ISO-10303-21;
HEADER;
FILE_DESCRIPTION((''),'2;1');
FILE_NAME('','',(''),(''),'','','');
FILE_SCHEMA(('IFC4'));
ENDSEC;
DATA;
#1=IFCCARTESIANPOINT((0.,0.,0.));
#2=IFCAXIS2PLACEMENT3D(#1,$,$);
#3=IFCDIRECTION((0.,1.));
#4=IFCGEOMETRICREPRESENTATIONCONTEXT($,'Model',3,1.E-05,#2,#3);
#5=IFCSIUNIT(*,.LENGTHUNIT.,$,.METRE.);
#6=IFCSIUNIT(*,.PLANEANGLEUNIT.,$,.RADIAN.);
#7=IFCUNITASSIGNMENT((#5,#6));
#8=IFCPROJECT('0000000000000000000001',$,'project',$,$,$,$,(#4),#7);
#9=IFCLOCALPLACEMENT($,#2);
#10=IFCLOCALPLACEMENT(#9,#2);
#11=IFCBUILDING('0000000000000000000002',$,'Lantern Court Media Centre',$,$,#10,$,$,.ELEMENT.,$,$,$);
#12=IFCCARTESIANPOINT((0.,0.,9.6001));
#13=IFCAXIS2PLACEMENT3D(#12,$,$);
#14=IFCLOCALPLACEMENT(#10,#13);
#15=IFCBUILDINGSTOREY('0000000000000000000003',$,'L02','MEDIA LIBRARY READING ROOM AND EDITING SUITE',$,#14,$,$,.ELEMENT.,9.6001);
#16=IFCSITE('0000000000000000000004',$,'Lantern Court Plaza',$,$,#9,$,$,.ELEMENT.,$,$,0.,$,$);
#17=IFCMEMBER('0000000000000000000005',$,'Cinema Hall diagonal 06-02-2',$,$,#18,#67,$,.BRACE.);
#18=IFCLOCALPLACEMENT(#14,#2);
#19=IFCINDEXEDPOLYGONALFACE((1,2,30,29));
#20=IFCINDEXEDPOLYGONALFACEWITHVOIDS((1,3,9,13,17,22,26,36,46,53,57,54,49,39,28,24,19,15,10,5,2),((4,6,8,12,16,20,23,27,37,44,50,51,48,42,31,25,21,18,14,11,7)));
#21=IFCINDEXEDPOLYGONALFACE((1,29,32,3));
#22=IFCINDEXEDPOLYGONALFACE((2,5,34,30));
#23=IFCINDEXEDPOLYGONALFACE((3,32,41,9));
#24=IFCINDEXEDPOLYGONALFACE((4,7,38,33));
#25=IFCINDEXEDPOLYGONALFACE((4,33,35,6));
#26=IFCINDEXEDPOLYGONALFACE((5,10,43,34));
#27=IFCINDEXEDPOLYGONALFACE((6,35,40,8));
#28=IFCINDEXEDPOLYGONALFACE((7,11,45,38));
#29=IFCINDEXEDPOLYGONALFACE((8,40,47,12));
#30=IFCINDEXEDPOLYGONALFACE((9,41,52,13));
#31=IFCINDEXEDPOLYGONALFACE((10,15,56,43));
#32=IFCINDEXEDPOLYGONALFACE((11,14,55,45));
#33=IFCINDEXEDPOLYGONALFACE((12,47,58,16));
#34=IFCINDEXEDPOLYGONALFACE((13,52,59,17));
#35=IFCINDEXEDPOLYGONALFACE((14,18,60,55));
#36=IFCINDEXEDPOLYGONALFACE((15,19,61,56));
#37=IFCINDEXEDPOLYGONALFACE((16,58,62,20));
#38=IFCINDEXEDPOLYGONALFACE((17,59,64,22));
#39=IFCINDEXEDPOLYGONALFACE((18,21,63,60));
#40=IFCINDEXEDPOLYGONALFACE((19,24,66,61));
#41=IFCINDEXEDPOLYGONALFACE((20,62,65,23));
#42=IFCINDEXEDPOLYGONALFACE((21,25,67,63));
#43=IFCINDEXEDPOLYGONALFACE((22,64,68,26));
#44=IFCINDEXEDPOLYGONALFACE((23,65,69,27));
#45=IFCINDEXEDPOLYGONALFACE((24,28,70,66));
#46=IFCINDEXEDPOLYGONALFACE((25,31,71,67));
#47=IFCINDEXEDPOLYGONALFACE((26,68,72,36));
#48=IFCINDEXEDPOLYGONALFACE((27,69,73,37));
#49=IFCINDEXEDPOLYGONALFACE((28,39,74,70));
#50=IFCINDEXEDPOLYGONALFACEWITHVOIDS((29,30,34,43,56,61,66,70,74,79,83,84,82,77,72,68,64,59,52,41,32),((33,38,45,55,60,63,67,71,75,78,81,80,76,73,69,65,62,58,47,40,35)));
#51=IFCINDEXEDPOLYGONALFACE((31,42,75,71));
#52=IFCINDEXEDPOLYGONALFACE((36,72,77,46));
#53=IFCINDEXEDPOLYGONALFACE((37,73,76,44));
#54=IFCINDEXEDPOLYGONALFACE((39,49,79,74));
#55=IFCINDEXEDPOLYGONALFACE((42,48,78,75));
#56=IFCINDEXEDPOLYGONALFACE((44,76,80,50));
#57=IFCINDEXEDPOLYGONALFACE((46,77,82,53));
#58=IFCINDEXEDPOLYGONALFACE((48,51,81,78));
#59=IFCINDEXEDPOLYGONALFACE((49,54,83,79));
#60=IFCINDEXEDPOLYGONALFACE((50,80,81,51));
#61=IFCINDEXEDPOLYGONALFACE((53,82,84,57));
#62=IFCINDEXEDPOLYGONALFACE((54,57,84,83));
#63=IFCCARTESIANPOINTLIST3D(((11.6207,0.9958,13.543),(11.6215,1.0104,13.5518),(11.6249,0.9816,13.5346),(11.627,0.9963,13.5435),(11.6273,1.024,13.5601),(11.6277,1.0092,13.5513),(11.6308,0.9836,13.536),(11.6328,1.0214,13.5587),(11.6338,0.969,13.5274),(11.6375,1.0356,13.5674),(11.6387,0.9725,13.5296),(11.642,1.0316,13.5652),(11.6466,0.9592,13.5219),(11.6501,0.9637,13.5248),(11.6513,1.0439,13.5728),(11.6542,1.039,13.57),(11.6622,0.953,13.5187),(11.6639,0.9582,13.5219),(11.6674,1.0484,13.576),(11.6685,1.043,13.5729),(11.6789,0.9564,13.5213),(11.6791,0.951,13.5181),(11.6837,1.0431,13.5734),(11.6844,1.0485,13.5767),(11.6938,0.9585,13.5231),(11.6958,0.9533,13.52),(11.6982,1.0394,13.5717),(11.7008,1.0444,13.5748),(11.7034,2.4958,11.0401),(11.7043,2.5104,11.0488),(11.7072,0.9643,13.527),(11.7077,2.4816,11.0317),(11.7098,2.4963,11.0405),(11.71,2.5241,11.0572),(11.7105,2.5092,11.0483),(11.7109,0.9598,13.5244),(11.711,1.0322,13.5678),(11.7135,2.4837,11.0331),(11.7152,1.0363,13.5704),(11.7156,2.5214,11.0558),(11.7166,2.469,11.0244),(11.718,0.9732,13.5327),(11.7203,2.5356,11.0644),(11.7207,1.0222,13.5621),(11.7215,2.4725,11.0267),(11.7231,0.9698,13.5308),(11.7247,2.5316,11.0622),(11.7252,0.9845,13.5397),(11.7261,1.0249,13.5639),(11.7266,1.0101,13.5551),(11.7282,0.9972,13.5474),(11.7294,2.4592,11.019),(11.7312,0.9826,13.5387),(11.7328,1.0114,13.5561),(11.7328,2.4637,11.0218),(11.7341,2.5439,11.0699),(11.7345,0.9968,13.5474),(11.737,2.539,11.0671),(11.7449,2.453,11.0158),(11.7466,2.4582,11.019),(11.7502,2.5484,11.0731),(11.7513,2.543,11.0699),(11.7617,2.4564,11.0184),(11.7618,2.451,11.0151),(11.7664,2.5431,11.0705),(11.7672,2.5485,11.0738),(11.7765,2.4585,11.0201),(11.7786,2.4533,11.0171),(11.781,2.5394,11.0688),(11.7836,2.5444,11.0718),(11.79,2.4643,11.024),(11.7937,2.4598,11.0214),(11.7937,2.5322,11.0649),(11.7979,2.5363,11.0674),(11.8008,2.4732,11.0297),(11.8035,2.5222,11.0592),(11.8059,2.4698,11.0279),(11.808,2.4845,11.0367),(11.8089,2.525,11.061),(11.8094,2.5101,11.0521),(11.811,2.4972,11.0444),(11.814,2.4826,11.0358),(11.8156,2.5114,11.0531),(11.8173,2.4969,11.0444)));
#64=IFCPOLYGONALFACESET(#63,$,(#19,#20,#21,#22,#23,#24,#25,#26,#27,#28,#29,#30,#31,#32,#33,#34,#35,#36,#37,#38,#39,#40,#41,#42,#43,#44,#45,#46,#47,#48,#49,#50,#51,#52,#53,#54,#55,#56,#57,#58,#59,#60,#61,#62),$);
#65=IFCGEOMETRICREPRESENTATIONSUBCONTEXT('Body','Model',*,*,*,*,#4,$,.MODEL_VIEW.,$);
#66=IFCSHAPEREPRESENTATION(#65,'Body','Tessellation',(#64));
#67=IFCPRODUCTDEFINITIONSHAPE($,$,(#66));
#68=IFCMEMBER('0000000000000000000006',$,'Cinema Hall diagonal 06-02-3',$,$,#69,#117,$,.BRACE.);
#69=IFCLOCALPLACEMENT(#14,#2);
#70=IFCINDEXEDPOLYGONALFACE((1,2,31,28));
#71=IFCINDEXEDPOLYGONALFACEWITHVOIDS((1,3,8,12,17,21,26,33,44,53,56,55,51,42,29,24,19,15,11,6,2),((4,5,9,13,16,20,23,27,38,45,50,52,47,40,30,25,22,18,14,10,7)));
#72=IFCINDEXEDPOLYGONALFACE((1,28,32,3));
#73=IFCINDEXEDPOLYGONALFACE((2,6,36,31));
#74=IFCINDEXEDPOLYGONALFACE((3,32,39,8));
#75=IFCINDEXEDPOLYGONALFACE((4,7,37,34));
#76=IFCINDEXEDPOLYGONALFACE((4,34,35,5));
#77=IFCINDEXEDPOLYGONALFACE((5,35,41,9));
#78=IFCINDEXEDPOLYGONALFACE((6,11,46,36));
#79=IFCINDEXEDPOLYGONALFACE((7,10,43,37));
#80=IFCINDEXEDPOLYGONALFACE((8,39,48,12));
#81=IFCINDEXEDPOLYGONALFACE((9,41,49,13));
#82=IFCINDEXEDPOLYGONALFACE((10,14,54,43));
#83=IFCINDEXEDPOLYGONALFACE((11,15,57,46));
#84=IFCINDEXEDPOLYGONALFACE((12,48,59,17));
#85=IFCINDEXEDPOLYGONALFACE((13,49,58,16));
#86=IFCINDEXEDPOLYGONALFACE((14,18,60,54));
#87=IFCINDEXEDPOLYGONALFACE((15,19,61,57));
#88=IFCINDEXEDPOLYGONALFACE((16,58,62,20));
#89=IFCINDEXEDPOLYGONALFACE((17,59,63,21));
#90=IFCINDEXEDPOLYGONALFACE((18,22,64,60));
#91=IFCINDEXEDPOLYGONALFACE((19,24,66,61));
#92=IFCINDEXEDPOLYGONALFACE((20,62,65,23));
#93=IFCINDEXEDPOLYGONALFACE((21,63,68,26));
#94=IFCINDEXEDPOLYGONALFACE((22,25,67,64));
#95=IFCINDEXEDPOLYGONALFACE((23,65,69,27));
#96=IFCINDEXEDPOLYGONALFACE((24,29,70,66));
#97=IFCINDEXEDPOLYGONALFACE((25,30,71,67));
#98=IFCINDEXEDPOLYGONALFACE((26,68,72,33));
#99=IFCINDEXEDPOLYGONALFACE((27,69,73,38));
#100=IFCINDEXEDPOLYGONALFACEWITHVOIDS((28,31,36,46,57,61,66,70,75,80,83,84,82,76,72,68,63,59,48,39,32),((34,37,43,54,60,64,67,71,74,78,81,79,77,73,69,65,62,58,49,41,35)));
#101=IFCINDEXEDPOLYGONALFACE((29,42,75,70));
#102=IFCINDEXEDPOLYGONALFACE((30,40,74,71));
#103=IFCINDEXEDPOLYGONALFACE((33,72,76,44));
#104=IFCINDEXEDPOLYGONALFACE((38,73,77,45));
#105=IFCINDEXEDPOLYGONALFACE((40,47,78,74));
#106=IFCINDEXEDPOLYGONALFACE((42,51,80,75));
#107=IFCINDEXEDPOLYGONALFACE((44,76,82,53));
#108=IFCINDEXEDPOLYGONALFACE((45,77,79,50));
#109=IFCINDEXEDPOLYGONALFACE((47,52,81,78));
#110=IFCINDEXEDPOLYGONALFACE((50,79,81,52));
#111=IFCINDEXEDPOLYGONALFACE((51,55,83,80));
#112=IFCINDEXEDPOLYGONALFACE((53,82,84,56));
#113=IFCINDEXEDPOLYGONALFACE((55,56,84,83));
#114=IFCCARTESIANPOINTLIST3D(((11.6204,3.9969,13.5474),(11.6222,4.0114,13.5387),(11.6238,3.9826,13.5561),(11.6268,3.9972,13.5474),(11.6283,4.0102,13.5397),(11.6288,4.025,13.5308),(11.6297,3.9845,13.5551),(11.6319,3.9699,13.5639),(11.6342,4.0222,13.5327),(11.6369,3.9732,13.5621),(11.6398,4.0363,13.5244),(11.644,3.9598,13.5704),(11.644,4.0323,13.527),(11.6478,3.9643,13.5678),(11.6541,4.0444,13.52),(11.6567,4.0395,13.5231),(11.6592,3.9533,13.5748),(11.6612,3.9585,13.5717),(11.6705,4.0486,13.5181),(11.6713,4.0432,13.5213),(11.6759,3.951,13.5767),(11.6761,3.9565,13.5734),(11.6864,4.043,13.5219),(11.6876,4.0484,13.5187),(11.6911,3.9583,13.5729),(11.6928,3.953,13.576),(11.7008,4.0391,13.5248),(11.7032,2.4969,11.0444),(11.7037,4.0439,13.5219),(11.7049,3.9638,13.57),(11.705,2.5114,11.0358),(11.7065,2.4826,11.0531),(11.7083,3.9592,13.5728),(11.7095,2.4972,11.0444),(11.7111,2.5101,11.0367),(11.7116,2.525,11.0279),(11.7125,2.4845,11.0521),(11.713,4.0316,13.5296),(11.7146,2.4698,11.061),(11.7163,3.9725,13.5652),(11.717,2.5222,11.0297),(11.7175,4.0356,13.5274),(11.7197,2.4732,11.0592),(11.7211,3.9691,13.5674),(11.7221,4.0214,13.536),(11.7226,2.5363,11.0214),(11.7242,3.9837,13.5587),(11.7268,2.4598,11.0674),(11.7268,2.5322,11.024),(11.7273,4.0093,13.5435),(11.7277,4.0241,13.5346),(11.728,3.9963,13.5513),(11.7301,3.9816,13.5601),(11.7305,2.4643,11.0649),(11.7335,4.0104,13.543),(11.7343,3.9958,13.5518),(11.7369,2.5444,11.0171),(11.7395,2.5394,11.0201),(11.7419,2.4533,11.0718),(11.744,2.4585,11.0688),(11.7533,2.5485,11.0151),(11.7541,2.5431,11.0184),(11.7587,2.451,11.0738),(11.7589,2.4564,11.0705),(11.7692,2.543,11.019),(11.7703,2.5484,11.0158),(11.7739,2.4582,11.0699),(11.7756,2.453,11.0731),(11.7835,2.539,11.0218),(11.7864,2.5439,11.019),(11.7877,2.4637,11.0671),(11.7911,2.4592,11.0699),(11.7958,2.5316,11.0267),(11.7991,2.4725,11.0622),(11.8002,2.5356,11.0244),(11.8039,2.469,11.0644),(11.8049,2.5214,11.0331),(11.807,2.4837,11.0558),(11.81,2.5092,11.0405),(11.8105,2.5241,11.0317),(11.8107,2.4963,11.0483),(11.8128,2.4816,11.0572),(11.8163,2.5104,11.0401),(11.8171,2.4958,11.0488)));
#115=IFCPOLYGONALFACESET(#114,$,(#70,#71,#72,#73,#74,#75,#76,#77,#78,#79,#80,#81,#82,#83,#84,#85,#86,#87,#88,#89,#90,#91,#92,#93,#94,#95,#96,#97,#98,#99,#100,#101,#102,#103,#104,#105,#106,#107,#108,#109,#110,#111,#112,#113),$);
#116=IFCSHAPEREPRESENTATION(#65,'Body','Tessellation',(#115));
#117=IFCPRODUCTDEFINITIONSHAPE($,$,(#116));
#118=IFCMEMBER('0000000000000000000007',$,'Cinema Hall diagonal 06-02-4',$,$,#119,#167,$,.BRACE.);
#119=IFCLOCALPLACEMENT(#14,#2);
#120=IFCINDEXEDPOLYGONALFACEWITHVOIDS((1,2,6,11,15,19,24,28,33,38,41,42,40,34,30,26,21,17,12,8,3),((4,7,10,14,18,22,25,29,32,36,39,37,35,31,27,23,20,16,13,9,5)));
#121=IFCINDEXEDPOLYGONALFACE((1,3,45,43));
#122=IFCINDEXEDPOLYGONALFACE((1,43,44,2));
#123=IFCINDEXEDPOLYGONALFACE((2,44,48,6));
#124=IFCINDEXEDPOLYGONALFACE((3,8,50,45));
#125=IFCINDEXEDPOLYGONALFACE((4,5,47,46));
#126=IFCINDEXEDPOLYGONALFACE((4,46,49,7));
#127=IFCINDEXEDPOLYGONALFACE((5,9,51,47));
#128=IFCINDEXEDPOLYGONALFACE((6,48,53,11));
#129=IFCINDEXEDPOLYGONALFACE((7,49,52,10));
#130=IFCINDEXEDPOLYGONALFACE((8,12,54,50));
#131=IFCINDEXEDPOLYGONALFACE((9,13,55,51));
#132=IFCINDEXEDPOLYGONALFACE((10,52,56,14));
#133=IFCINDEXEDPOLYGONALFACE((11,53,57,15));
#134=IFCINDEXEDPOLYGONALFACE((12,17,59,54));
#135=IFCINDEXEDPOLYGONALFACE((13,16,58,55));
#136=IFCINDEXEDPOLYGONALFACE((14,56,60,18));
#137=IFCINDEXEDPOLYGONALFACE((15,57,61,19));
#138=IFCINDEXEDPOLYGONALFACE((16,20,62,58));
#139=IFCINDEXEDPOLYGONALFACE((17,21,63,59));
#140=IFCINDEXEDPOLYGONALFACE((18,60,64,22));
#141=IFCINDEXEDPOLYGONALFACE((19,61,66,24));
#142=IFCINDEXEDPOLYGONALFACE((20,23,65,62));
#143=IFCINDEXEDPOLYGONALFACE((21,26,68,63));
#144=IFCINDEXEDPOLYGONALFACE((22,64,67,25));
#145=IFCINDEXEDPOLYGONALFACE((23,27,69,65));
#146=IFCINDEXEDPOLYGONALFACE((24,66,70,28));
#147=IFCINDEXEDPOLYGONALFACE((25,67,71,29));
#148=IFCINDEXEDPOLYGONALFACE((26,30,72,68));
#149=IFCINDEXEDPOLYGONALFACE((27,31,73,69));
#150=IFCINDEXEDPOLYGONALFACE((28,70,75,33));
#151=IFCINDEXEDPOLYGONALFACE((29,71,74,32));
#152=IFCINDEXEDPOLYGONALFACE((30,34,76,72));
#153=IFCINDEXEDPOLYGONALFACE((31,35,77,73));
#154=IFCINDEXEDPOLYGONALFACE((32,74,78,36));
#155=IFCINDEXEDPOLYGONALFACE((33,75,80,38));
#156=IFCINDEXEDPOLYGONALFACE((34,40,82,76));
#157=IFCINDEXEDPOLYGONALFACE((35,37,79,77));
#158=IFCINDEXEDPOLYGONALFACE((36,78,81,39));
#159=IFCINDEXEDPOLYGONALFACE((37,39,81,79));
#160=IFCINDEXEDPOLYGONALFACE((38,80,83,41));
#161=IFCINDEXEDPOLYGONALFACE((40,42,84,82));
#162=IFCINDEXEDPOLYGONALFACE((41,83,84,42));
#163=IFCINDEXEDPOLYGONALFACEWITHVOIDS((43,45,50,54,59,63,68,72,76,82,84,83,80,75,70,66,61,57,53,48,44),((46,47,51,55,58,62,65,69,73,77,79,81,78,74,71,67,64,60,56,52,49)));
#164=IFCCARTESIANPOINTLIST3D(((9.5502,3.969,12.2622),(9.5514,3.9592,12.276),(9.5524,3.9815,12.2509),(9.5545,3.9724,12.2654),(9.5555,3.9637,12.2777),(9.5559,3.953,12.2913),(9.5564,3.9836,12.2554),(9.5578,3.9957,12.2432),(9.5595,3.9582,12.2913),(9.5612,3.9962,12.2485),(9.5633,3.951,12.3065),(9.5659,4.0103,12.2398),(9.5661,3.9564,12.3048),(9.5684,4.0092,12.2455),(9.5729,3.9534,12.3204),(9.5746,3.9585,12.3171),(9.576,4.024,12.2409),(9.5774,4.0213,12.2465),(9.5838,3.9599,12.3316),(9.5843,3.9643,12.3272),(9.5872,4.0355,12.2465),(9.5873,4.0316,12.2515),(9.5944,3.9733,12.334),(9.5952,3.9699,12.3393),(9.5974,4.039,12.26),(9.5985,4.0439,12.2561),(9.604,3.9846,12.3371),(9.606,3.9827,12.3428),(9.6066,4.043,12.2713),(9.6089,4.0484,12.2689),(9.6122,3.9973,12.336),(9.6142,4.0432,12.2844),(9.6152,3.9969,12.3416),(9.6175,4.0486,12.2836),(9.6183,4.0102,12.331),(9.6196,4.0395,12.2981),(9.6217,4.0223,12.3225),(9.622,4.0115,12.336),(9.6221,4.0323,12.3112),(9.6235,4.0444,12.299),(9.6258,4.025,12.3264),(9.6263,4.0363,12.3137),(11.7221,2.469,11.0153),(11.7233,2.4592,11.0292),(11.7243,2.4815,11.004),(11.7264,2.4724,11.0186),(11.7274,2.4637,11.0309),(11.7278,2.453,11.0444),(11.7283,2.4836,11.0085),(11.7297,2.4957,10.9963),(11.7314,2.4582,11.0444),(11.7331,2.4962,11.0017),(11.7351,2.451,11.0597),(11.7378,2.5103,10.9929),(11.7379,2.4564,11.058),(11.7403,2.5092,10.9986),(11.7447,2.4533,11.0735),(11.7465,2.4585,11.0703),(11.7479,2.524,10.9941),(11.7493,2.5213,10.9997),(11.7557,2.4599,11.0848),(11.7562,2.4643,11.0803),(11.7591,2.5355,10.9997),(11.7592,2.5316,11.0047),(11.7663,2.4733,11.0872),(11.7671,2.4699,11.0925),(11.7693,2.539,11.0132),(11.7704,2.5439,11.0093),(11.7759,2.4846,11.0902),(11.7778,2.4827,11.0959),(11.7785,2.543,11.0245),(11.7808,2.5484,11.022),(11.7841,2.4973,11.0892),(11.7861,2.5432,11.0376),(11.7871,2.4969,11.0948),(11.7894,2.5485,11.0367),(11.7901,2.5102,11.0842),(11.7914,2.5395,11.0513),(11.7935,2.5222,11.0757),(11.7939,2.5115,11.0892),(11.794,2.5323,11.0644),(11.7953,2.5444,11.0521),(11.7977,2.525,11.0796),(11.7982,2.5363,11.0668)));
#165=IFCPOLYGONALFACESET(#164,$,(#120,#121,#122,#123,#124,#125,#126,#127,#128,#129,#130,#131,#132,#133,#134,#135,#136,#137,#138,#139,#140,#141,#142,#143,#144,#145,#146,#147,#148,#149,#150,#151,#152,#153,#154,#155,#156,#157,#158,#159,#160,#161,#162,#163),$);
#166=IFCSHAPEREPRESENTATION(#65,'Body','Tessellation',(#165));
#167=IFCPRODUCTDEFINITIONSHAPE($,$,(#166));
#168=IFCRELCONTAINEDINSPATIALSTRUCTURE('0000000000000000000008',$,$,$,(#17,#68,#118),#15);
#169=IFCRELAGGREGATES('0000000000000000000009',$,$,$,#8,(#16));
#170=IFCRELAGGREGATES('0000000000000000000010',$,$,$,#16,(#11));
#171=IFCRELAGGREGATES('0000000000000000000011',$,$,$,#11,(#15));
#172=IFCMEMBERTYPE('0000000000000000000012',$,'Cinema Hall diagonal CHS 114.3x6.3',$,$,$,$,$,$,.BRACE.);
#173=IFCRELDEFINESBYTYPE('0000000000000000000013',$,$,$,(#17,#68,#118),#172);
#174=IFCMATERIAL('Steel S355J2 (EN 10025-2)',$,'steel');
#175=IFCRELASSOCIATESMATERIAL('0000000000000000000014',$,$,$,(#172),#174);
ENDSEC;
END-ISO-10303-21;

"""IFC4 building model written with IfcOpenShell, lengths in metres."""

from ifc_helpers import new_model, si_unit, direction, frame, origin, origin_2d, place, context, subcontext, project, spatial, hollow_circle, extrude, material, material_profile, profile_set, type_object, element, save


model = new_model("IFC4")

# Units and contexts
model_context = context("Model", 3, precision=1e-05, world=origin(), true_north=direction((0.0, 1.0)))
body_context = subcontext(model_context, "Body", "Model", "MODEL_VIEW")
ifc_project = project(units=[si_unit("LENGTHUNIT", "METRE"), si_unit("PLANEANGLEUNIT", "RADIAN")], contexts=[model_context])

# Site, building, storey
site_placement = place(None, origin())
site = spatial("IfcSite", under=ifc_project, at=site_placement, Name="Lantern Court Plaza", CompositionType="ELEMENT", RefElevation=0.0)
building_placement = place(site_placement, origin())
building = spatial("IfcBuilding", under=site, at=building_placement, Name="Lantern Court Media Centre", CompositionType="ELEMENT")
storey_placement = place(building_placement, frame((0.0, 0.0, 9.6001)))
storey = spatial("IfcBuildingStorey", under=building, at=storey_placement, Name="L02", Description="MEDIA LIBRARY READING ROOM AND EDITING SUITE", CompositionType="ELEMENT", Elevation=9.6001)

# Members
ifc_material = material(Name="Steel S355J2 (EN 10025-2)", Category="steel")
ifc_material_profile_1 = material_profile(ifc_material, hollow_circle(Radius=0.0571, WallThickness=0.0063, at=origin_2d()), Name="Cinema Hall diagonal CHS 114.3x6.3")
ifc_profile_set_1 = profile_set([ifc_material_profile_1], Name="Steel S355J2 (EN 10025-2)")
member_type_1 = type_object("IfcMemberType", Name="Cinema Hall diagonal CHS 114.3x6.3", PredefinedType="BRACE", material=ifc_profile_set_1)
for number, where, z_axis, x_axis, name in (
    (1, (11.7603, 2.5, 11.0444), (-0.028352, -0.513846, 0.857414), (0.998481, -0.055092, 0.0), "Cinema Hall diagonal 06-02-2"),
    (2, (11.7603, 2.5, 11.0444), (-0.028352, 0.513846, 0.857414), (-0.998481, -0.055092, 0.0), "Cinema Hall diagonal 06-02-3"),
    (3, (11.7603, 2.5, 11.0444), (-0.744002, 0.513843, 0.427115), (-0.568286, -0.822831, 0.0), "Cinema Hall diagonal 06-02-4"),
):
    element("IfcMember", number, at=place(storey_placement, frame(where, z_axis=z_axis, x_axis=x_axis)), inside=storey, type_object=member_type_1, Name=name, PredefinedType="BRACE", context=body_context, shape_type="SweptSolid", body=[
        extrude(hollow_circle(Radius=0.0571, WallThickness=0.0063, at=origin_2d()), origin(), (0.0, 0.0, 1.0), 2.9192),
    ])

save(model, "model.ifc")
